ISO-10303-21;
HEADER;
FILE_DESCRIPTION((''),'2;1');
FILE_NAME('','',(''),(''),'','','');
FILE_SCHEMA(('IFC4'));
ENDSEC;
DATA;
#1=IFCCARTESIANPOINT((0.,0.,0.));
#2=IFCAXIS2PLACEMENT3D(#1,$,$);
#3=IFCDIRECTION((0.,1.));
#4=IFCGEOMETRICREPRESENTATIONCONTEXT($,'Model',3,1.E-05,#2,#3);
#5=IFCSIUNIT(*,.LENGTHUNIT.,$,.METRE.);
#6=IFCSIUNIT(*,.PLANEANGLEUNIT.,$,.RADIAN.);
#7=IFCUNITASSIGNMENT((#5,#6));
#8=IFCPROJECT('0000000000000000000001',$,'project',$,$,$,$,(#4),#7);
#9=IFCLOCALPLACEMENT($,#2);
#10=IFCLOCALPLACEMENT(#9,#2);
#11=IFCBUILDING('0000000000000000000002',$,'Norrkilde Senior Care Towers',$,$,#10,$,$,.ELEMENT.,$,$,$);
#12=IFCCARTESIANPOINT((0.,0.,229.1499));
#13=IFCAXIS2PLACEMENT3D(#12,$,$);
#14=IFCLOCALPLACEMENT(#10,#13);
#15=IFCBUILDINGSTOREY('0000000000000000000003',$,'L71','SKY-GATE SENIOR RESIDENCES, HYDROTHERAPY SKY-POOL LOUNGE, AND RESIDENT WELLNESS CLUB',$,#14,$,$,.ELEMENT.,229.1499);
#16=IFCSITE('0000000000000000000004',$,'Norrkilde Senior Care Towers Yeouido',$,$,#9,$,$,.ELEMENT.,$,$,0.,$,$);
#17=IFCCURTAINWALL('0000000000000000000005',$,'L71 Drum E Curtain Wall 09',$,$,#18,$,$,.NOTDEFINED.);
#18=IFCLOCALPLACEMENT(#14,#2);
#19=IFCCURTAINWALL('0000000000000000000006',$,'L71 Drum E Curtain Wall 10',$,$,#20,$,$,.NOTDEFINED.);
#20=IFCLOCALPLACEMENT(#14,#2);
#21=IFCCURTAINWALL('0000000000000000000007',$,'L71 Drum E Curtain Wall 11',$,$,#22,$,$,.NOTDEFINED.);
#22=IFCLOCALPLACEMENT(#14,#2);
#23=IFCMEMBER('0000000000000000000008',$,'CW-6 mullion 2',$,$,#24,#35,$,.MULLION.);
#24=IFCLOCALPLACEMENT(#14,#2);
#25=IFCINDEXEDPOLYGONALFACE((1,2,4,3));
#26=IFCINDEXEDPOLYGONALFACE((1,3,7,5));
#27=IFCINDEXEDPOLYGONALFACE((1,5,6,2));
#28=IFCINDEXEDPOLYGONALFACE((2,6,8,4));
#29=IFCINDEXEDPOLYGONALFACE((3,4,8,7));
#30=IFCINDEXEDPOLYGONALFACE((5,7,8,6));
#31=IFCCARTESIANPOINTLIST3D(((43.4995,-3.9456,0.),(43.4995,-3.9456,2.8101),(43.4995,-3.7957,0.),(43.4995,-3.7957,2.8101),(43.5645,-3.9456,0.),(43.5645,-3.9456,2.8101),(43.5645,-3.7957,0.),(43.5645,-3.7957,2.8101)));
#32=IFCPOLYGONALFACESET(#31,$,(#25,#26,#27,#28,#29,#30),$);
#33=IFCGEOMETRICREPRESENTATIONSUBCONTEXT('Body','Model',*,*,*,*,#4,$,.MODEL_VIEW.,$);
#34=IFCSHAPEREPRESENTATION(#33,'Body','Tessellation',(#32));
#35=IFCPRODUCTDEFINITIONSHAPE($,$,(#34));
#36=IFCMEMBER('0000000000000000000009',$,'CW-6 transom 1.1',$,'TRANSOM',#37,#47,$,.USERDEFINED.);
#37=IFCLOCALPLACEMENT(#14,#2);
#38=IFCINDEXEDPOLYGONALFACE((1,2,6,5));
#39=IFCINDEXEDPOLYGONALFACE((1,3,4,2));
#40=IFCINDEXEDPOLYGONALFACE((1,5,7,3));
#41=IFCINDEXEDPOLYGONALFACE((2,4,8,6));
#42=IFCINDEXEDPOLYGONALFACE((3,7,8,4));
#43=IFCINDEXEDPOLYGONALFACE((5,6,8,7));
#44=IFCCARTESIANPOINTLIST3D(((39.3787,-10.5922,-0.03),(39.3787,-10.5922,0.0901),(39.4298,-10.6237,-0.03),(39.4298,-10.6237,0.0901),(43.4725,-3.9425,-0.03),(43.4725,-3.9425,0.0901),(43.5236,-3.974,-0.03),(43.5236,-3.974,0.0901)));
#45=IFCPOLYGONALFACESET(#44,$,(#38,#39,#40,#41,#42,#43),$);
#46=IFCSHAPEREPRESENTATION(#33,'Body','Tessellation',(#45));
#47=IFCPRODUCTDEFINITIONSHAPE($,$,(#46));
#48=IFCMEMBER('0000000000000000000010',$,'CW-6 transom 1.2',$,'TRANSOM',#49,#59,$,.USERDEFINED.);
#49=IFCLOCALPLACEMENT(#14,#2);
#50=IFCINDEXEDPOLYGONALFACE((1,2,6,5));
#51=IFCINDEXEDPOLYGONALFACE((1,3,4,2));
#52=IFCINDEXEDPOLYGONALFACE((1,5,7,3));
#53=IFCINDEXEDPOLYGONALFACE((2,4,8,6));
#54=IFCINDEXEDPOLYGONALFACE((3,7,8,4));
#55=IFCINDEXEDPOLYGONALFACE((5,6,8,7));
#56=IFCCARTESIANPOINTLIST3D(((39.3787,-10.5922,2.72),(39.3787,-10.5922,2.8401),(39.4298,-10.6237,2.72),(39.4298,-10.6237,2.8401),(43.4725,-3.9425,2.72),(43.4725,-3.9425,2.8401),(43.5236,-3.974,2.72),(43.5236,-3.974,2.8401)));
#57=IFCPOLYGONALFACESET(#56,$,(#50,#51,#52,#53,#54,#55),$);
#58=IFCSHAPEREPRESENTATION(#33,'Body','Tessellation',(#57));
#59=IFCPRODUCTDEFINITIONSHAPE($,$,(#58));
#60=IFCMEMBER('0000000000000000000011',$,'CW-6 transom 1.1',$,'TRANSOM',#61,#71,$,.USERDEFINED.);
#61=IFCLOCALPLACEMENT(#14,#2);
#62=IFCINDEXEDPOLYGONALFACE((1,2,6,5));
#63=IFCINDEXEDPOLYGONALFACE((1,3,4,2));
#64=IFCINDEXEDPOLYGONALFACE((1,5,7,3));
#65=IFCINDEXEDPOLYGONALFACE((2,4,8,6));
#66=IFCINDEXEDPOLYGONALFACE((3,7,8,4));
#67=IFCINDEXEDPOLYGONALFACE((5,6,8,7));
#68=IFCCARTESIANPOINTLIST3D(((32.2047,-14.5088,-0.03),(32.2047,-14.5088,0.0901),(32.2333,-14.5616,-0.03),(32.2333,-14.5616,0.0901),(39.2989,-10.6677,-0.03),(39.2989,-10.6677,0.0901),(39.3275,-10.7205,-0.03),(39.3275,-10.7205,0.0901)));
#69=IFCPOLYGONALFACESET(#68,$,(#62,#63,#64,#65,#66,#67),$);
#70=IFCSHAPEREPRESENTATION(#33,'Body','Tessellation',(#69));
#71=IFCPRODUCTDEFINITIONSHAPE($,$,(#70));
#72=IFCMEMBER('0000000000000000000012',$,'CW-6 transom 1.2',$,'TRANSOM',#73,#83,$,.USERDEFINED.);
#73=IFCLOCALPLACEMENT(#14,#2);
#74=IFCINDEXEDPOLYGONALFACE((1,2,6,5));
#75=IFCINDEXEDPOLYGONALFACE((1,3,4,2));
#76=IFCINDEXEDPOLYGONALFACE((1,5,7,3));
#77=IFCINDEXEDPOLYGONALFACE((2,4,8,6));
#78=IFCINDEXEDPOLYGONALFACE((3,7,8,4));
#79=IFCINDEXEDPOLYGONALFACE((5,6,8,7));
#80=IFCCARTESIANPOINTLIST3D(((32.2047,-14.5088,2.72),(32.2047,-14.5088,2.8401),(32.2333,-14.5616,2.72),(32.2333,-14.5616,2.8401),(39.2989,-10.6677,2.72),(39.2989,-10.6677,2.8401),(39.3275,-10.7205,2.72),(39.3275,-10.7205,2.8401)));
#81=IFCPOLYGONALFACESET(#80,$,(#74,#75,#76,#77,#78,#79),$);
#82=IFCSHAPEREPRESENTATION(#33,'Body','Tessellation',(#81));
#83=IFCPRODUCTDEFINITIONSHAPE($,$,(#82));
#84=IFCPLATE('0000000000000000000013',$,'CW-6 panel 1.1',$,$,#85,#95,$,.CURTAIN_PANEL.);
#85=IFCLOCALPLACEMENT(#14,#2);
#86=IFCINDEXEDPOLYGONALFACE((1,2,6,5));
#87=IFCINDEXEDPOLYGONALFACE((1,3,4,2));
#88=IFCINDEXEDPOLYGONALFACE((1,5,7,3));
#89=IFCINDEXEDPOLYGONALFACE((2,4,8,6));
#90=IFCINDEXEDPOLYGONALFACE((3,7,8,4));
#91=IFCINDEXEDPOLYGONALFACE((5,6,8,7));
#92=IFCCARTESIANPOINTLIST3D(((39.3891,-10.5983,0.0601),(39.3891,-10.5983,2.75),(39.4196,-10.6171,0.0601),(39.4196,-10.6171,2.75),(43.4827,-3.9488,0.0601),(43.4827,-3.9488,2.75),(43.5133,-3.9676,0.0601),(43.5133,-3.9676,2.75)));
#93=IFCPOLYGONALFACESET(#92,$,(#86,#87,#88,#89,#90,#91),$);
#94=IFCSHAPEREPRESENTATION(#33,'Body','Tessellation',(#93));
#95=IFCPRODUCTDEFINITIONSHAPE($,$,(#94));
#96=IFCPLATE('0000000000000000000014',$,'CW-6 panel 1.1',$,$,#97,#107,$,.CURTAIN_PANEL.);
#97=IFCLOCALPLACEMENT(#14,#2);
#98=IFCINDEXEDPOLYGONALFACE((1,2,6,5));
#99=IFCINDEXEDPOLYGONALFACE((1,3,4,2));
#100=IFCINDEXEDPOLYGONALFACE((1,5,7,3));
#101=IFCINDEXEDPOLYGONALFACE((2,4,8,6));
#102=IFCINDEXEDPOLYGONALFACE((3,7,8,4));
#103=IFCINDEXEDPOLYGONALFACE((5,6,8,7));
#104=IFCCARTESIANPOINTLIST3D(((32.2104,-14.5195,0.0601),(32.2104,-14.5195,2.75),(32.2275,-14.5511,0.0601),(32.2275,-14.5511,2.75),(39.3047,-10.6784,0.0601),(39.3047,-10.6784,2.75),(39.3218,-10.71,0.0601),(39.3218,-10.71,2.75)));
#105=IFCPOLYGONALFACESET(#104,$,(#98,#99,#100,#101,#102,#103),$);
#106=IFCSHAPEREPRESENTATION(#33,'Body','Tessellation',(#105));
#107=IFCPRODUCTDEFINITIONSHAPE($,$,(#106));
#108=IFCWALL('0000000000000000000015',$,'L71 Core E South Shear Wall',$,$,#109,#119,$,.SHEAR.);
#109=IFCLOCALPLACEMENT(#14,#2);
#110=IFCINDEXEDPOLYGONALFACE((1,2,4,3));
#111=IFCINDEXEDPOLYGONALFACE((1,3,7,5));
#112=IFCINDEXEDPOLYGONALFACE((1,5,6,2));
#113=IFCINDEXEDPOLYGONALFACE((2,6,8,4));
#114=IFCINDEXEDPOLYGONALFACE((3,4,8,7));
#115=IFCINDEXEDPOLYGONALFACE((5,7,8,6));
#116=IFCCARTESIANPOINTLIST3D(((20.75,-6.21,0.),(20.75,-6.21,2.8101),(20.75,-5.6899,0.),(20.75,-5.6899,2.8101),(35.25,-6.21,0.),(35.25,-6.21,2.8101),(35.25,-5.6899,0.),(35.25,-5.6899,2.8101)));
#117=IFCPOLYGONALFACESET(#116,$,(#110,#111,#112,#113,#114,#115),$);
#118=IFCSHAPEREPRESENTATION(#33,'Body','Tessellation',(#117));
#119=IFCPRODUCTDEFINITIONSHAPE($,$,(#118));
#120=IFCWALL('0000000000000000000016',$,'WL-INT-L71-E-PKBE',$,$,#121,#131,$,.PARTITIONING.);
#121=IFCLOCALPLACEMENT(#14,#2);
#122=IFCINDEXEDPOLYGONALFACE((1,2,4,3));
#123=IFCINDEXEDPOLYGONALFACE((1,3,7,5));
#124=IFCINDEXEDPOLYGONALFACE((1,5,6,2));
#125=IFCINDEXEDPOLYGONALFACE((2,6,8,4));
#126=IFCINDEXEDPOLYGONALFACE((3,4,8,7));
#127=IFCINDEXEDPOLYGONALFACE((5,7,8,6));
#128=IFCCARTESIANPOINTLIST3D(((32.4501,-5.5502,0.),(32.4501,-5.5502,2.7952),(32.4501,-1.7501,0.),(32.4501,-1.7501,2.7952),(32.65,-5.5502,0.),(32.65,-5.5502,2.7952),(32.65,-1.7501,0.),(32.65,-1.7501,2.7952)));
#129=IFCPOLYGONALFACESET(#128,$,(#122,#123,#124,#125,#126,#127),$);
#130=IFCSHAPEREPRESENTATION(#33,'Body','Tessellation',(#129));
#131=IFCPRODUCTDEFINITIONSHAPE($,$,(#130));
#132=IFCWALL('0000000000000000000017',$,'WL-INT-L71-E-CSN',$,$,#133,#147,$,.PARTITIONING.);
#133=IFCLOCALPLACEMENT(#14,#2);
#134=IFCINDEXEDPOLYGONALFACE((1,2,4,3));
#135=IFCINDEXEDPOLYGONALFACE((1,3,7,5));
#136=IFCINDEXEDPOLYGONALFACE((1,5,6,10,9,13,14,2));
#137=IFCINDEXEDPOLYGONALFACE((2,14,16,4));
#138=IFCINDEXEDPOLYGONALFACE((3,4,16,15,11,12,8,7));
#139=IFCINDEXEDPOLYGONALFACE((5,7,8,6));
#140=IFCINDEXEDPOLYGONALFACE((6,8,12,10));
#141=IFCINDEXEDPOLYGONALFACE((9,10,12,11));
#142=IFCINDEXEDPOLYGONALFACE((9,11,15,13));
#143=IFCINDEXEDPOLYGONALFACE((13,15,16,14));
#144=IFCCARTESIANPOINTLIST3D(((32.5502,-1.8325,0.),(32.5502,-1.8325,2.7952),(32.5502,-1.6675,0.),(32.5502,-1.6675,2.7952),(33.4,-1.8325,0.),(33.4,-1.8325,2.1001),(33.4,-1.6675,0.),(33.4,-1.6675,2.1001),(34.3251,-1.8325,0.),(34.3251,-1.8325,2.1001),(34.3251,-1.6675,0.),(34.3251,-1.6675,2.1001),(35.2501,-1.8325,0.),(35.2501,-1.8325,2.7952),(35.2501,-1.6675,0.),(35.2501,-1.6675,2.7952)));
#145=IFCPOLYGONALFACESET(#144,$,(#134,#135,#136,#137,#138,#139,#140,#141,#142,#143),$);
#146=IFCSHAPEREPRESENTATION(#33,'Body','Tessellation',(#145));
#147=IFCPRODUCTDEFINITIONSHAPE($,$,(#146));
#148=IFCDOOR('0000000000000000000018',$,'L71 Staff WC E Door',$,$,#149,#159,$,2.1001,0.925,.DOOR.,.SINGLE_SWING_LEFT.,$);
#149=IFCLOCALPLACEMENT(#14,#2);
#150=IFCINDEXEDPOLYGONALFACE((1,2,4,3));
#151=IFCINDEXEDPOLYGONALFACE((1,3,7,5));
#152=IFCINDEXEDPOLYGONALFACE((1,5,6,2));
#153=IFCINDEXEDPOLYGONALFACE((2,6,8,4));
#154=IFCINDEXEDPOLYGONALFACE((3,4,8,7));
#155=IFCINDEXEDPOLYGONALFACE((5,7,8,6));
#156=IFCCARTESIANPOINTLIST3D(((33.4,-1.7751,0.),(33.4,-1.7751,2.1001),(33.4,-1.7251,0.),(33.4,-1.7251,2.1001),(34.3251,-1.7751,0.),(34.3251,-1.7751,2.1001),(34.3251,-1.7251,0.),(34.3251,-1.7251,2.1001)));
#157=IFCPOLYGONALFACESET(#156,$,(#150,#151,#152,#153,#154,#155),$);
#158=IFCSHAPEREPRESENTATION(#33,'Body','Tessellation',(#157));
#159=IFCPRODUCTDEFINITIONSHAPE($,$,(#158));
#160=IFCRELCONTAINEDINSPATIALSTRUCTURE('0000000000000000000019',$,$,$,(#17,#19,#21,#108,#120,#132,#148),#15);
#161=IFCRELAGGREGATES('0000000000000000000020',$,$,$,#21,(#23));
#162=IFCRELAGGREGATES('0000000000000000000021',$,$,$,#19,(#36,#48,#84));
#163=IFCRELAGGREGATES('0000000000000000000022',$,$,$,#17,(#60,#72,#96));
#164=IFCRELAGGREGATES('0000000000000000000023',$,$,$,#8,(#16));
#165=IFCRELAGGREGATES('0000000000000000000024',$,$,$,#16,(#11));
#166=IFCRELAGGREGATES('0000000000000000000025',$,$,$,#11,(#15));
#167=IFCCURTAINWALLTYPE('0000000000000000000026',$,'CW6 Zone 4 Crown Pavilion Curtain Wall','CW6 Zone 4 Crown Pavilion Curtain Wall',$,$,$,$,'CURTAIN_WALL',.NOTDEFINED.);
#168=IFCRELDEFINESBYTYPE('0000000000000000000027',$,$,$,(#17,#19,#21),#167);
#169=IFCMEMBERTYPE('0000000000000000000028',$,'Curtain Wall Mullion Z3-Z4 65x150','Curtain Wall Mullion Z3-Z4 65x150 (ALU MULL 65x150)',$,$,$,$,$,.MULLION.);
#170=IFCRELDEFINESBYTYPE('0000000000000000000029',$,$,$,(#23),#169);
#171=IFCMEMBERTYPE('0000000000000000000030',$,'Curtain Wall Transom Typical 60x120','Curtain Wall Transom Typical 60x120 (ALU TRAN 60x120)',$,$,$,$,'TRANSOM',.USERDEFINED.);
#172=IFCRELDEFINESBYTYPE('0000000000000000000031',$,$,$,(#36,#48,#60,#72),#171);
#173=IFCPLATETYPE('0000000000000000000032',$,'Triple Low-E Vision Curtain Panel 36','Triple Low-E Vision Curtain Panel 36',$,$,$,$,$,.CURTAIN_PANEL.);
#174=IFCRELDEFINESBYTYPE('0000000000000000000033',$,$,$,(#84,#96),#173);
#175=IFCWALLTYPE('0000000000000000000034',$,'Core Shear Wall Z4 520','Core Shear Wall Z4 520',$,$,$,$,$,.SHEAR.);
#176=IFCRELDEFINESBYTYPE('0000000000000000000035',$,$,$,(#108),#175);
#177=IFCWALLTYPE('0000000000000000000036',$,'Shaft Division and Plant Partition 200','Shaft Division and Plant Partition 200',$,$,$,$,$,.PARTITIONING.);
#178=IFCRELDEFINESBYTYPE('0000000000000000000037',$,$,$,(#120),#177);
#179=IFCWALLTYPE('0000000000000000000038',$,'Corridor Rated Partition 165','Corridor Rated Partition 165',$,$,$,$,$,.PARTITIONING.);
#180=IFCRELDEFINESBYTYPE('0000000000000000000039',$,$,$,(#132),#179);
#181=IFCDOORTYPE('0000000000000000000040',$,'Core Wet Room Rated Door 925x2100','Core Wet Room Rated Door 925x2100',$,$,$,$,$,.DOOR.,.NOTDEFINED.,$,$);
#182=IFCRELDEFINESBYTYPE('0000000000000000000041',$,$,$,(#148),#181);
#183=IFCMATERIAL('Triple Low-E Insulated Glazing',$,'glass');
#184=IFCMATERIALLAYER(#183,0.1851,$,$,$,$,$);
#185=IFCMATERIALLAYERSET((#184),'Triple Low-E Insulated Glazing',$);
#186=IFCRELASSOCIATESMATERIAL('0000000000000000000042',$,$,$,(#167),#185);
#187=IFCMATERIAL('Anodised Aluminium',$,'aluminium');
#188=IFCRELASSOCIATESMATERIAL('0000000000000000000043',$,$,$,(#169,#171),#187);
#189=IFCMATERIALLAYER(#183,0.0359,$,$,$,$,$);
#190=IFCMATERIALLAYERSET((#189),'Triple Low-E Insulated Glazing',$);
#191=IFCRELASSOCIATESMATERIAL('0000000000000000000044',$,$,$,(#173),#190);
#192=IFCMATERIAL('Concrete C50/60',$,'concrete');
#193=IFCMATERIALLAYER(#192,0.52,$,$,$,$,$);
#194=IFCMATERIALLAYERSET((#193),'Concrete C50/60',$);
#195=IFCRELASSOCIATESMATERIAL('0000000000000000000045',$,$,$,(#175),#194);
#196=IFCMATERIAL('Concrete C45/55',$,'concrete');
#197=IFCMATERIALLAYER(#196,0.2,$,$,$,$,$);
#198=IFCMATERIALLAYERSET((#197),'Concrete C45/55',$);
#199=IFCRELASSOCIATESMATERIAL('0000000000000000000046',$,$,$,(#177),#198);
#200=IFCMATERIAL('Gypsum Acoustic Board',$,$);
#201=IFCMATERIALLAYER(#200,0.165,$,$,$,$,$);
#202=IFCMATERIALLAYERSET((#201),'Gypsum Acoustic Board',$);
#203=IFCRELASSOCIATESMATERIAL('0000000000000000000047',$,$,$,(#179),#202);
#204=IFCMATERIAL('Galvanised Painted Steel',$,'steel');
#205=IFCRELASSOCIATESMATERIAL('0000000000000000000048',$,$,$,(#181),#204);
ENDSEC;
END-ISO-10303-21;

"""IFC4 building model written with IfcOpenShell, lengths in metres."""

from ifc_helpers import new_model, si_unit, direction, frame, frame_2d, origin, origin_2d, place, context, subcontext, project, spatial, rectangle, extrude, source, transform, mapped, material, layer, layer_set, material_profile, profile_set, type_object, type_shapes, element, fill, aggregate, save


model = new_model("IFC4")

# Units and contexts
model_context = context("Model", 3, precision=1e-05, world=origin(), true_north=direction((0.0, 1.0)))
body_context = subcontext(model_context, "Body", "Model", "MODEL_VIEW")
ifc_project = project(units=[si_unit("LENGTHUNIT", "METRE"), si_unit("PLANEANGLEUNIT", "RADIAN")], contexts=[model_context])

# Site, building, storey
site_placement = place(None, origin())
site = spatial("IfcSite", under=ifc_project, at=site_placement, Name="Norrkilde Senior Care Towers Yeouido", CompositionType="ELEMENT", RefElevation=0.0)
building_placement = place(site_placement, origin())
building = spatial("IfcBuilding", under=site, at=building_placement, Name="Norrkilde Senior Care Towers", CompositionType="ELEMENT")
storey_placement = place(building_placement, frame((0.0, 0.0, 229.1499)))
storey = spatial("IfcBuildingStorey", under=building, at=storey_placement, Name="L71", Description="SKY-GATE SENIOR RESIDENCES, HYDROTHERAPY SKY-POOL LOUNGE, AND RESIDENT WELLNESS CLUB", CompositionType="ELEMENT", Elevation=229.1499)

# Shared definitions
ifc_material_1 = material(Name="Concrete C50/60", Category="concrete")

# Curtain wall
ifc_material_2 = material(Name="Triple Low-E Insulated Glazing", Category="glass")
ifc_layer_1 = layer(ifc_material_2, 0.1851)
ifc_layer_set_1 = layer_set([ifc_layer_1], Name="Triple Low-E Insulated Glazing")
curtain_wall_type = type_object("IfcCurtainWallType", Name="CW6 Zone 4 Crown Pavilion Curtain Wall", Description="CW6 Zone 4 Crown Pavilion Curtain Wall", ElementType="CURTAIN_WALL", PredefinedType="NOTDEFINED", material=ifc_layer_set_1)
curtain_wall_1_placement = place(storey_placement, origin())
curtain_wall_1 = element("IfcCurtainWall", 1, at=curtain_wall_1_placement, inside=storey, type_object=curtain_wall_type, Name="L71 Drum E Curtain Wall 09", PredefinedType="NOTDEFINED")
ifc_material_3 = material(Name="Anodised Aluminium", Category="aluminium")
ifc_material_profile_1 = material_profile(ifc_material_3, rectangle(XDim=0.0649, YDim=0.1499, at=origin_2d()), Name="ALU MULL 65x150")
ifc_profile_set_1 = profile_set([ifc_material_profile_1], Name="Anodised Aluminium")
member_type_1 = type_object("IfcMemberType", Name="Curtain Wall Mullion Z3-Z4 65x150", Description="Curtain Wall Mullion Z3-Z4 65x150 (ALU MULL 65x150)", PredefinedType="MULLION", material=ifc_profile_set_1)
shared_shape_1 = source(origin(), body_context, "Body", "SweptSolid", [
    extrude(rectangle(XDim=0.0649, YDim=0.1499, at=origin_2d()), origin(), (0.0, 0.0, 1.0), 2.8101),
])
type_shapes(member_type_1, [shared_shape_1])

# Curtain wall
curtain_wall_2_placement = place(storey_placement, origin())
curtain_wall_2 = element("IfcCurtainWall", 2, at=curtain_wall_2_placement, inside=storey, type_object=curtain_wall_type, Name="L71 Drum E Curtain Wall 10", PredefinedType="NOTDEFINED")

# Curtain wall, member
curtain_wall_3_placement = place(storey_placement, origin())
curtain_wall_3 = element("IfcCurtainWall", 3, at=curtain_wall_3_placement, inside=storey, type_object=curtain_wall_type, Name="L71 Drum E Curtain Wall 11", PredefinedType="NOTDEFINED")
member_1_placement = place(storey_placement, frame((43.532, -3.8706, 0.0), z_axis=(0.0, 0.0, 1.0), x_axis=(1.0, 0.0, 0.0)))
member_1 = element("IfcMember", 4, at=member_1_placement, type_object=member_type_1, Name="CW-6 mullion 2", PredefinedType="MULLION", context=body_context, shape_type="MappedRepresentation", body=[
    mapped(shared_shape_1, transform((0.0, 0.0, 0.0), x_axis=(1.0, 0.0, 0.0), y_axis=(0.0, 1.0, 0.0), z_axis=(0.0, 0.0, 1.0), scale=1.0)),
])
aggregate(curtain_wall_3, [member_1])

# Members
ifc_material_profile_2 = material_profile(ifc_material_3, rectangle(XDim=0.0601, YDim=0.1201, at=origin_2d()), Name="ALU TRAN 60x120")
ifc_profile_set_2 = profile_set([ifc_material_profile_2], Name="Anodised Aluminium")
member_type_2 = type_object("IfcMemberType", Name="Curtain Wall Transom Typical 60x120", Description="Curtain Wall Transom Typical 60x120 (ALU TRAN 60x120)", ElementType="TRANSOM", PredefinedType="USERDEFINED", material=ifc_profile_set_2)
shared_shape_2 = source(origin(), body_context, "Body", "SweptSolid", [
    extrude(rectangle(XDim=0.0601, YDim=0.1201, at=origin_2d()), origin(), (0.0, 0.0, 1.0), 7.8088),
])
member_2_placement = place(storey_placement, frame((43.498, -3.9583, 0.03), z_axis=(-0.524251, -0.851564, 0.0), x_axis=(0.851564, -0.524251, 0.0)))
member_2 = element("IfcMember", 5, at=member_2_placement, type_object=member_type_2, Name="CW-6 transom 1.1", ObjectType="TRANSOM", PredefinedType="USERDEFINED", context=body_context, shape_type="MappedRepresentation", body=[
    mapped(shared_shape_2, transform((0.0, 0.0, 0.0), x_axis=(1.0, 0.0, 0.0), y_axis=(0.0, 1.0, 0.0), z_axis=(0.0, 0.0, 1.0), scale=1.0)),
])
member_3_placement = place(storey_placement, frame((43.498, -3.9583, 2.78), z_axis=(-0.524251, -0.851564, 0.0), x_axis=(0.851564, -0.524251, 0.0)))
member_3 = element("IfcMember", 6, at=member_3_placement, type_object=member_type_2, Name="CW-6 transom 1.2", ObjectType="TRANSOM", PredefinedType="USERDEFINED", context=body_context, shape_type="MappedRepresentation", body=[
    mapped(shared_shape_2, transform((0.0, 0.0, 0.0), x_axis=(1.0, 0.0, 0.0), y_axis=(0.0, 1.0, 0.0), z_axis=(0.0, 0.0, 1.0), scale=1.0)),
])
shared_shape_3 = source(origin(), body_context, "Body", "SweptSolid", [
    extrude(rectangle(XDim=0.0601, YDim=0.1201, at=origin_2d()), origin(), (0.0, 0.0, 1.0), 8.0674),
])
type_shapes(member_type_2, [shared_shape_2, shared_shape_3])
member_4_placement = place(storey_placement, frame((39.3132, -10.6941, 0.03), z_axis=(-0.879378, -0.476125, 0.0), x_axis=(0.476125, -0.879378, 0.0)))
member_4 = element("IfcMember", 7, at=member_4_placement, type_object=member_type_2, Name="CW-6 transom 1.1", ObjectType="TRANSOM", PredefinedType="USERDEFINED", context=body_context, shape_type="MappedRepresentation", body=[
    mapped(shared_shape_3, transform((0.0, 0.0, 0.0), x_axis=(1.0, 0.0, 0.0), y_axis=(0.0, 1.0, 0.0), z_axis=(0.0, 0.0, 1.0), scale=1.0)),
])
member_5_placement = place(storey_placement, frame((39.3132, -10.6941, 2.78), z_axis=(-0.879378, -0.476125, 0.0), x_axis=(0.476125, -0.879378, 0.0)))
member_5 = element("IfcMember", 8, at=member_5_placement, type_object=member_type_2, Name="CW-6 transom 1.2", ObjectType="TRANSOM", PredefinedType="USERDEFINED", context=body_context, shape_type="MappedRepresentation", body=[
    mapped(shared_shape_3, transform((0.0, 0.0, 0.0), x_axis=(1.0, 0.0, 0.0), y_axis=(0.0, 1.0, 0.0), z_axis=(0.0, 0.0, 1.0), scale=1.0)),
])

# Plates
ifc_layer_2 = layer(ifc_material_2, 0.0359)
ifc_layer_set_2 = layer_set([ifc_layer_2], Name="Triple Low-E Insulated Glazing")
plate_type = type_object("IfcPlateType", Name="Triple Low-E Vision Curtain Panel 36", Description="Triple Low-E Vision Curtain Panel 36", PredefinedType="CURTAIN_PANEL", material=ifc_layer_set_2)
shared_shape_4 = source(origin(), body_context, "Body", "SweptSolid", [
    extrude(rectangle(XDim=7.8086, YDim=0.0359, at=origin_2d()), origin(), (0.0, 0.0, 1.0), 2.6899),
])
plate_1_placement = place(storey_placement, frame((41.4512, -7.283, 0.0601), z_axis=(0.0, 0.0, 1.0), x_axis=(-0.524253, -0.851563, 0.0)))
plate_1 = element("IfcPlate", 9, at=plate_1_placement, type_object=plate_type, Name="CW-6 panel 1.1", PredefinedType="CURTAIN_PANEL", context=body_context, shape_type="MappedRepresentation", body=[
    mapped(shared_shape_4, transform((0.0, 0.0, 0.0), x_axis=(1.0, 0.0, 0.0), y_axis=(0.0, 1.0, 0.0), z_axis=(0.0, 0.0, 1.0), scale=1.0)),
])
aggregate(curtain_wall_2, [member_2, member_3, plate_1])
shared_shape_5 = source(origin(), body_context, "Body", "SweptSolid", [
    extrude(rectangle(XDim=8.0674, YDim=0.0359, at=origin_2d()), origin(), (0.0, 0.0, 1.0), 2.6899),
])
type_shapes(plate_type, [shared_shape_4, shared_shape_5])
plate_2_placement = place(storey_placement, frame((35.7661, -12.6147, 0.0601), z_axis=(0.0, 0.0, 1.0), x_axis=(-0.879373, -0.476133, 0.0)))
plate_2 = element("IfcPlate", 10, at=plate_2_placement, type_object=plate_type, Name="CW-6 panel 1.1", PredefinedType="CURTAIN_PANEL", context=body_context, shape_type="MappedRepresentation", body=[
    mapped(shared_shape_5, transform((0.0, 0.0, 0.0), x_axis=(1.0, 0.0, 0.0), y_axis=(0.0, 1.0, 0.0), z_axis=(0.0, 0.0, 1.0), scale=1.0)),
])
aggregate(curtain_wall_1, [member_4, member_5, plate_2])

# Walls
ifc_layer_3 = layer(ifc_material_1, 0.52)
ifc_layer_set_3 = layer_set([ifc_layer_3], Name="Concrete C50/60")
wall_type_1 = type_object("IfcWallType", Name="Core Shear Wall Z4 520", Description="Core Shear Wall Z4 520", PredefinedType="SHEAR", material=ifc_layer_set_3)
shared_shape_6 = source(origin(), body_context, "Body", "SweptSolid", [
    extrude(rectangle(XDim=14.5, YDim=0.52, at=frame_2d((7.25, 0.0))), origin(), (0.0, 0.0, 1.0), 2.8101),
])
type_shapes(wall_type_1, [shared_shape_6])
wall_1_placement = place(storey_placement, frame((35.25, -5.95, 0.0), z_axis=(0.0, 0.0, 1.0), x_axis=(-1.0, 0.0, 0.0)))
element("IfcWall", 11, at=wall_1_placement, inside=storey, type_object=wall_type_1, Name="L71 Core E South Shear Wall", PredefinedType="SHEAR", context=body_context, shape_type="MappedRepresentation", body=[
    mapped(shared_shape_6, transform((0.0, 0.0, 0.0), x_axis=(1.0, 0.0, 0.0), y_axis=(0.0, 1.0, 0.0), z_axis=(0.0, 0.0, 1.0), scale=1.0)),
])
ifc_material_4 = material(Name="Concrete C45/55", Category="concrete")
ifc_layer_4 = layer(ifc_material_4, 0.2)
ifc_layer_set_4 = layer_set([ifc_layer_4], Name="Concrete C45/55")
wall_type_2 = type_object("IfcWallType", Name="Shaft Division and Plant Partition 200", Description="Shaft Division and Plant Partition 200", PredefinedType="PARTITIONING", material=ifc_layer_set_4)
shared_shape_7 = source(origin(), body_context, "Body", "SweptSolid", [
    extrude(rectangle(XDim=3.8, YDim=0.2, at=frame_2d((1.8999, 0.0))), origin(), (0.0, 0.0, 1.0), 2.7952),
])
type_shapes(wall_type_2, [shared_shape_7])
wall_2_placement = place(storey_placement, frame((32.55, -5.55, 0.0), z_axis=(0.0, 0.0, 1.0), x_axis=(0.0, 1.0, 0.0)))
element("IfcWall", 12, at=wall_2_placement, inside=storey, type_object=wall_type_2, Name="WL-INT-L71-E-PKBE", PredefinedType="PARTITIONING", context=body_context, shape_type="MappedRepresentation", body=[
    mapped(shared_shape_7, transform((0.0, 0.0, 0.0), x_axis=(1.0, 0.0, 0.0), y_axis=(0.0, 1.0, 0.0), z_axis=(0.0, 0.0, 1.0), scale=1.0)),
])

# Wall, opening, door
ifc_material_5 = material(Name="Gypsum Acoustic Board")
ifc_layer_5 = layer(ifc_material_5, 0.165)
ifc_layer_set_5 = layer_set([ifc_layer_5], Name="Gypsum Acoustic Board")
wall_type_3 = type_object("IfcWallType", Name="Corridor Rated Partition 165", Description="Corridor Rated Partition 165", PredefinedType="PARTITIONING", material=ifc_layer_set_5)
shared_shape_8 = source(origin(), body_context, "Body", "SweptSolid", [
    extrude(rectangle(XDim=2.7, YDim=0.165, at=frame_2d((1.3501, 0.0))), origin(), (0.0, 0.0, 1.0), 2.7952),
])
wall_3_placement = place(storey_placement, frame((32.55, -1.75, 0.0), z_axis=(0.0, 0.0, 1.0), x_axis=(1.0, 0.0, 0.0)))
wall_3 = element("IfcWall", 13, at=wall_3_placement, inside=storey, type_object=wall_type_3, Name="WL-INT-L71-E-CSN", PredefinedType="PARTITIONING", context=body_context, shape_type="MappedRepresentation", body=[
    mapped(shared_shape_8, transform((0.0, 0.0, 0.0), x_axis=(1.0, 0.0, 0.0), y_axis=(0.0, 1.0, 0.0), z_axis=(0.0, 0.0, 1.0), scale=1.0)),
])
opening_1_placement = place(wall_3_placement, frame((0.8501, 0.0, 0.0)))
opening_1 = element("IfcOpeningElement", 14, at=opening_1_placement, cuts=wall_3, PredefinedType="OPENING", context=body_context, shape_type="SweptSolid", body=[
    extrude(rectangle(XDim=0.925, YDim=2.1001, at=frame_2d((0.4624, 1.05))), frame((0.0, 0.0925, 0.0), z_axis=(0.0, -1.0, 0.0), x_axis=(1.0, 0.0, 0.0)), (0.0, 0.0, 1.0), 0.1851),
])
ifc_material_6 = material(Name="Galvanised Painted Steel", Category="steel")
door_type_1 = type_object("IfcDoorType", Name="Core Wet Room Rated Door 925x2100", Description="Core Wet Room Rated Door 925x2100", OperationType="NOTDEFINED", PredefinedType="DOOR", material=ifc_material_6)
shared_shape_9 = source(origin(), body_context, "Body", "SweptSolid", [
    extrude(rectangle(XDim=0.925, YDim=2.1001, at=frame_2d((0.4624, 1.05))), frame((0.0, 0.0249, 0.0), z_axis=(0.0, -1.0, 0.0), x_axis=(1.0, 0.0, 0.0)), (0.0, 0.0, 1.0), 0.05),
])
type_shapes(door_type_1, [shared_shape_9])
door_1_placement = place(opening_1_placement, origin())
door_1 = element("IfcDoor", 15, at=door_1_placement, inside=storey, type_object=door_type_1, Name="L71 Staff WC E Door", OperationType="SINGLE_SWING_LEFT", OverallHeight=2.1001, OverallWidth=0.925, PredefinedType="DOOR", context=body_context, shape_type="MappedRepresentation", body=[
    mapped(shared_shape_9, transform((0.0, 0.0, 0.0), x_axis=(1.0, 0.0, 0.0), y_axis=(0.0, 1.0, 0.0), z_axis=(0.0, 0.0, 1.0), scale=1.0)),
])
fill(opening_1, door_1)

save(model, "model.ifc")
